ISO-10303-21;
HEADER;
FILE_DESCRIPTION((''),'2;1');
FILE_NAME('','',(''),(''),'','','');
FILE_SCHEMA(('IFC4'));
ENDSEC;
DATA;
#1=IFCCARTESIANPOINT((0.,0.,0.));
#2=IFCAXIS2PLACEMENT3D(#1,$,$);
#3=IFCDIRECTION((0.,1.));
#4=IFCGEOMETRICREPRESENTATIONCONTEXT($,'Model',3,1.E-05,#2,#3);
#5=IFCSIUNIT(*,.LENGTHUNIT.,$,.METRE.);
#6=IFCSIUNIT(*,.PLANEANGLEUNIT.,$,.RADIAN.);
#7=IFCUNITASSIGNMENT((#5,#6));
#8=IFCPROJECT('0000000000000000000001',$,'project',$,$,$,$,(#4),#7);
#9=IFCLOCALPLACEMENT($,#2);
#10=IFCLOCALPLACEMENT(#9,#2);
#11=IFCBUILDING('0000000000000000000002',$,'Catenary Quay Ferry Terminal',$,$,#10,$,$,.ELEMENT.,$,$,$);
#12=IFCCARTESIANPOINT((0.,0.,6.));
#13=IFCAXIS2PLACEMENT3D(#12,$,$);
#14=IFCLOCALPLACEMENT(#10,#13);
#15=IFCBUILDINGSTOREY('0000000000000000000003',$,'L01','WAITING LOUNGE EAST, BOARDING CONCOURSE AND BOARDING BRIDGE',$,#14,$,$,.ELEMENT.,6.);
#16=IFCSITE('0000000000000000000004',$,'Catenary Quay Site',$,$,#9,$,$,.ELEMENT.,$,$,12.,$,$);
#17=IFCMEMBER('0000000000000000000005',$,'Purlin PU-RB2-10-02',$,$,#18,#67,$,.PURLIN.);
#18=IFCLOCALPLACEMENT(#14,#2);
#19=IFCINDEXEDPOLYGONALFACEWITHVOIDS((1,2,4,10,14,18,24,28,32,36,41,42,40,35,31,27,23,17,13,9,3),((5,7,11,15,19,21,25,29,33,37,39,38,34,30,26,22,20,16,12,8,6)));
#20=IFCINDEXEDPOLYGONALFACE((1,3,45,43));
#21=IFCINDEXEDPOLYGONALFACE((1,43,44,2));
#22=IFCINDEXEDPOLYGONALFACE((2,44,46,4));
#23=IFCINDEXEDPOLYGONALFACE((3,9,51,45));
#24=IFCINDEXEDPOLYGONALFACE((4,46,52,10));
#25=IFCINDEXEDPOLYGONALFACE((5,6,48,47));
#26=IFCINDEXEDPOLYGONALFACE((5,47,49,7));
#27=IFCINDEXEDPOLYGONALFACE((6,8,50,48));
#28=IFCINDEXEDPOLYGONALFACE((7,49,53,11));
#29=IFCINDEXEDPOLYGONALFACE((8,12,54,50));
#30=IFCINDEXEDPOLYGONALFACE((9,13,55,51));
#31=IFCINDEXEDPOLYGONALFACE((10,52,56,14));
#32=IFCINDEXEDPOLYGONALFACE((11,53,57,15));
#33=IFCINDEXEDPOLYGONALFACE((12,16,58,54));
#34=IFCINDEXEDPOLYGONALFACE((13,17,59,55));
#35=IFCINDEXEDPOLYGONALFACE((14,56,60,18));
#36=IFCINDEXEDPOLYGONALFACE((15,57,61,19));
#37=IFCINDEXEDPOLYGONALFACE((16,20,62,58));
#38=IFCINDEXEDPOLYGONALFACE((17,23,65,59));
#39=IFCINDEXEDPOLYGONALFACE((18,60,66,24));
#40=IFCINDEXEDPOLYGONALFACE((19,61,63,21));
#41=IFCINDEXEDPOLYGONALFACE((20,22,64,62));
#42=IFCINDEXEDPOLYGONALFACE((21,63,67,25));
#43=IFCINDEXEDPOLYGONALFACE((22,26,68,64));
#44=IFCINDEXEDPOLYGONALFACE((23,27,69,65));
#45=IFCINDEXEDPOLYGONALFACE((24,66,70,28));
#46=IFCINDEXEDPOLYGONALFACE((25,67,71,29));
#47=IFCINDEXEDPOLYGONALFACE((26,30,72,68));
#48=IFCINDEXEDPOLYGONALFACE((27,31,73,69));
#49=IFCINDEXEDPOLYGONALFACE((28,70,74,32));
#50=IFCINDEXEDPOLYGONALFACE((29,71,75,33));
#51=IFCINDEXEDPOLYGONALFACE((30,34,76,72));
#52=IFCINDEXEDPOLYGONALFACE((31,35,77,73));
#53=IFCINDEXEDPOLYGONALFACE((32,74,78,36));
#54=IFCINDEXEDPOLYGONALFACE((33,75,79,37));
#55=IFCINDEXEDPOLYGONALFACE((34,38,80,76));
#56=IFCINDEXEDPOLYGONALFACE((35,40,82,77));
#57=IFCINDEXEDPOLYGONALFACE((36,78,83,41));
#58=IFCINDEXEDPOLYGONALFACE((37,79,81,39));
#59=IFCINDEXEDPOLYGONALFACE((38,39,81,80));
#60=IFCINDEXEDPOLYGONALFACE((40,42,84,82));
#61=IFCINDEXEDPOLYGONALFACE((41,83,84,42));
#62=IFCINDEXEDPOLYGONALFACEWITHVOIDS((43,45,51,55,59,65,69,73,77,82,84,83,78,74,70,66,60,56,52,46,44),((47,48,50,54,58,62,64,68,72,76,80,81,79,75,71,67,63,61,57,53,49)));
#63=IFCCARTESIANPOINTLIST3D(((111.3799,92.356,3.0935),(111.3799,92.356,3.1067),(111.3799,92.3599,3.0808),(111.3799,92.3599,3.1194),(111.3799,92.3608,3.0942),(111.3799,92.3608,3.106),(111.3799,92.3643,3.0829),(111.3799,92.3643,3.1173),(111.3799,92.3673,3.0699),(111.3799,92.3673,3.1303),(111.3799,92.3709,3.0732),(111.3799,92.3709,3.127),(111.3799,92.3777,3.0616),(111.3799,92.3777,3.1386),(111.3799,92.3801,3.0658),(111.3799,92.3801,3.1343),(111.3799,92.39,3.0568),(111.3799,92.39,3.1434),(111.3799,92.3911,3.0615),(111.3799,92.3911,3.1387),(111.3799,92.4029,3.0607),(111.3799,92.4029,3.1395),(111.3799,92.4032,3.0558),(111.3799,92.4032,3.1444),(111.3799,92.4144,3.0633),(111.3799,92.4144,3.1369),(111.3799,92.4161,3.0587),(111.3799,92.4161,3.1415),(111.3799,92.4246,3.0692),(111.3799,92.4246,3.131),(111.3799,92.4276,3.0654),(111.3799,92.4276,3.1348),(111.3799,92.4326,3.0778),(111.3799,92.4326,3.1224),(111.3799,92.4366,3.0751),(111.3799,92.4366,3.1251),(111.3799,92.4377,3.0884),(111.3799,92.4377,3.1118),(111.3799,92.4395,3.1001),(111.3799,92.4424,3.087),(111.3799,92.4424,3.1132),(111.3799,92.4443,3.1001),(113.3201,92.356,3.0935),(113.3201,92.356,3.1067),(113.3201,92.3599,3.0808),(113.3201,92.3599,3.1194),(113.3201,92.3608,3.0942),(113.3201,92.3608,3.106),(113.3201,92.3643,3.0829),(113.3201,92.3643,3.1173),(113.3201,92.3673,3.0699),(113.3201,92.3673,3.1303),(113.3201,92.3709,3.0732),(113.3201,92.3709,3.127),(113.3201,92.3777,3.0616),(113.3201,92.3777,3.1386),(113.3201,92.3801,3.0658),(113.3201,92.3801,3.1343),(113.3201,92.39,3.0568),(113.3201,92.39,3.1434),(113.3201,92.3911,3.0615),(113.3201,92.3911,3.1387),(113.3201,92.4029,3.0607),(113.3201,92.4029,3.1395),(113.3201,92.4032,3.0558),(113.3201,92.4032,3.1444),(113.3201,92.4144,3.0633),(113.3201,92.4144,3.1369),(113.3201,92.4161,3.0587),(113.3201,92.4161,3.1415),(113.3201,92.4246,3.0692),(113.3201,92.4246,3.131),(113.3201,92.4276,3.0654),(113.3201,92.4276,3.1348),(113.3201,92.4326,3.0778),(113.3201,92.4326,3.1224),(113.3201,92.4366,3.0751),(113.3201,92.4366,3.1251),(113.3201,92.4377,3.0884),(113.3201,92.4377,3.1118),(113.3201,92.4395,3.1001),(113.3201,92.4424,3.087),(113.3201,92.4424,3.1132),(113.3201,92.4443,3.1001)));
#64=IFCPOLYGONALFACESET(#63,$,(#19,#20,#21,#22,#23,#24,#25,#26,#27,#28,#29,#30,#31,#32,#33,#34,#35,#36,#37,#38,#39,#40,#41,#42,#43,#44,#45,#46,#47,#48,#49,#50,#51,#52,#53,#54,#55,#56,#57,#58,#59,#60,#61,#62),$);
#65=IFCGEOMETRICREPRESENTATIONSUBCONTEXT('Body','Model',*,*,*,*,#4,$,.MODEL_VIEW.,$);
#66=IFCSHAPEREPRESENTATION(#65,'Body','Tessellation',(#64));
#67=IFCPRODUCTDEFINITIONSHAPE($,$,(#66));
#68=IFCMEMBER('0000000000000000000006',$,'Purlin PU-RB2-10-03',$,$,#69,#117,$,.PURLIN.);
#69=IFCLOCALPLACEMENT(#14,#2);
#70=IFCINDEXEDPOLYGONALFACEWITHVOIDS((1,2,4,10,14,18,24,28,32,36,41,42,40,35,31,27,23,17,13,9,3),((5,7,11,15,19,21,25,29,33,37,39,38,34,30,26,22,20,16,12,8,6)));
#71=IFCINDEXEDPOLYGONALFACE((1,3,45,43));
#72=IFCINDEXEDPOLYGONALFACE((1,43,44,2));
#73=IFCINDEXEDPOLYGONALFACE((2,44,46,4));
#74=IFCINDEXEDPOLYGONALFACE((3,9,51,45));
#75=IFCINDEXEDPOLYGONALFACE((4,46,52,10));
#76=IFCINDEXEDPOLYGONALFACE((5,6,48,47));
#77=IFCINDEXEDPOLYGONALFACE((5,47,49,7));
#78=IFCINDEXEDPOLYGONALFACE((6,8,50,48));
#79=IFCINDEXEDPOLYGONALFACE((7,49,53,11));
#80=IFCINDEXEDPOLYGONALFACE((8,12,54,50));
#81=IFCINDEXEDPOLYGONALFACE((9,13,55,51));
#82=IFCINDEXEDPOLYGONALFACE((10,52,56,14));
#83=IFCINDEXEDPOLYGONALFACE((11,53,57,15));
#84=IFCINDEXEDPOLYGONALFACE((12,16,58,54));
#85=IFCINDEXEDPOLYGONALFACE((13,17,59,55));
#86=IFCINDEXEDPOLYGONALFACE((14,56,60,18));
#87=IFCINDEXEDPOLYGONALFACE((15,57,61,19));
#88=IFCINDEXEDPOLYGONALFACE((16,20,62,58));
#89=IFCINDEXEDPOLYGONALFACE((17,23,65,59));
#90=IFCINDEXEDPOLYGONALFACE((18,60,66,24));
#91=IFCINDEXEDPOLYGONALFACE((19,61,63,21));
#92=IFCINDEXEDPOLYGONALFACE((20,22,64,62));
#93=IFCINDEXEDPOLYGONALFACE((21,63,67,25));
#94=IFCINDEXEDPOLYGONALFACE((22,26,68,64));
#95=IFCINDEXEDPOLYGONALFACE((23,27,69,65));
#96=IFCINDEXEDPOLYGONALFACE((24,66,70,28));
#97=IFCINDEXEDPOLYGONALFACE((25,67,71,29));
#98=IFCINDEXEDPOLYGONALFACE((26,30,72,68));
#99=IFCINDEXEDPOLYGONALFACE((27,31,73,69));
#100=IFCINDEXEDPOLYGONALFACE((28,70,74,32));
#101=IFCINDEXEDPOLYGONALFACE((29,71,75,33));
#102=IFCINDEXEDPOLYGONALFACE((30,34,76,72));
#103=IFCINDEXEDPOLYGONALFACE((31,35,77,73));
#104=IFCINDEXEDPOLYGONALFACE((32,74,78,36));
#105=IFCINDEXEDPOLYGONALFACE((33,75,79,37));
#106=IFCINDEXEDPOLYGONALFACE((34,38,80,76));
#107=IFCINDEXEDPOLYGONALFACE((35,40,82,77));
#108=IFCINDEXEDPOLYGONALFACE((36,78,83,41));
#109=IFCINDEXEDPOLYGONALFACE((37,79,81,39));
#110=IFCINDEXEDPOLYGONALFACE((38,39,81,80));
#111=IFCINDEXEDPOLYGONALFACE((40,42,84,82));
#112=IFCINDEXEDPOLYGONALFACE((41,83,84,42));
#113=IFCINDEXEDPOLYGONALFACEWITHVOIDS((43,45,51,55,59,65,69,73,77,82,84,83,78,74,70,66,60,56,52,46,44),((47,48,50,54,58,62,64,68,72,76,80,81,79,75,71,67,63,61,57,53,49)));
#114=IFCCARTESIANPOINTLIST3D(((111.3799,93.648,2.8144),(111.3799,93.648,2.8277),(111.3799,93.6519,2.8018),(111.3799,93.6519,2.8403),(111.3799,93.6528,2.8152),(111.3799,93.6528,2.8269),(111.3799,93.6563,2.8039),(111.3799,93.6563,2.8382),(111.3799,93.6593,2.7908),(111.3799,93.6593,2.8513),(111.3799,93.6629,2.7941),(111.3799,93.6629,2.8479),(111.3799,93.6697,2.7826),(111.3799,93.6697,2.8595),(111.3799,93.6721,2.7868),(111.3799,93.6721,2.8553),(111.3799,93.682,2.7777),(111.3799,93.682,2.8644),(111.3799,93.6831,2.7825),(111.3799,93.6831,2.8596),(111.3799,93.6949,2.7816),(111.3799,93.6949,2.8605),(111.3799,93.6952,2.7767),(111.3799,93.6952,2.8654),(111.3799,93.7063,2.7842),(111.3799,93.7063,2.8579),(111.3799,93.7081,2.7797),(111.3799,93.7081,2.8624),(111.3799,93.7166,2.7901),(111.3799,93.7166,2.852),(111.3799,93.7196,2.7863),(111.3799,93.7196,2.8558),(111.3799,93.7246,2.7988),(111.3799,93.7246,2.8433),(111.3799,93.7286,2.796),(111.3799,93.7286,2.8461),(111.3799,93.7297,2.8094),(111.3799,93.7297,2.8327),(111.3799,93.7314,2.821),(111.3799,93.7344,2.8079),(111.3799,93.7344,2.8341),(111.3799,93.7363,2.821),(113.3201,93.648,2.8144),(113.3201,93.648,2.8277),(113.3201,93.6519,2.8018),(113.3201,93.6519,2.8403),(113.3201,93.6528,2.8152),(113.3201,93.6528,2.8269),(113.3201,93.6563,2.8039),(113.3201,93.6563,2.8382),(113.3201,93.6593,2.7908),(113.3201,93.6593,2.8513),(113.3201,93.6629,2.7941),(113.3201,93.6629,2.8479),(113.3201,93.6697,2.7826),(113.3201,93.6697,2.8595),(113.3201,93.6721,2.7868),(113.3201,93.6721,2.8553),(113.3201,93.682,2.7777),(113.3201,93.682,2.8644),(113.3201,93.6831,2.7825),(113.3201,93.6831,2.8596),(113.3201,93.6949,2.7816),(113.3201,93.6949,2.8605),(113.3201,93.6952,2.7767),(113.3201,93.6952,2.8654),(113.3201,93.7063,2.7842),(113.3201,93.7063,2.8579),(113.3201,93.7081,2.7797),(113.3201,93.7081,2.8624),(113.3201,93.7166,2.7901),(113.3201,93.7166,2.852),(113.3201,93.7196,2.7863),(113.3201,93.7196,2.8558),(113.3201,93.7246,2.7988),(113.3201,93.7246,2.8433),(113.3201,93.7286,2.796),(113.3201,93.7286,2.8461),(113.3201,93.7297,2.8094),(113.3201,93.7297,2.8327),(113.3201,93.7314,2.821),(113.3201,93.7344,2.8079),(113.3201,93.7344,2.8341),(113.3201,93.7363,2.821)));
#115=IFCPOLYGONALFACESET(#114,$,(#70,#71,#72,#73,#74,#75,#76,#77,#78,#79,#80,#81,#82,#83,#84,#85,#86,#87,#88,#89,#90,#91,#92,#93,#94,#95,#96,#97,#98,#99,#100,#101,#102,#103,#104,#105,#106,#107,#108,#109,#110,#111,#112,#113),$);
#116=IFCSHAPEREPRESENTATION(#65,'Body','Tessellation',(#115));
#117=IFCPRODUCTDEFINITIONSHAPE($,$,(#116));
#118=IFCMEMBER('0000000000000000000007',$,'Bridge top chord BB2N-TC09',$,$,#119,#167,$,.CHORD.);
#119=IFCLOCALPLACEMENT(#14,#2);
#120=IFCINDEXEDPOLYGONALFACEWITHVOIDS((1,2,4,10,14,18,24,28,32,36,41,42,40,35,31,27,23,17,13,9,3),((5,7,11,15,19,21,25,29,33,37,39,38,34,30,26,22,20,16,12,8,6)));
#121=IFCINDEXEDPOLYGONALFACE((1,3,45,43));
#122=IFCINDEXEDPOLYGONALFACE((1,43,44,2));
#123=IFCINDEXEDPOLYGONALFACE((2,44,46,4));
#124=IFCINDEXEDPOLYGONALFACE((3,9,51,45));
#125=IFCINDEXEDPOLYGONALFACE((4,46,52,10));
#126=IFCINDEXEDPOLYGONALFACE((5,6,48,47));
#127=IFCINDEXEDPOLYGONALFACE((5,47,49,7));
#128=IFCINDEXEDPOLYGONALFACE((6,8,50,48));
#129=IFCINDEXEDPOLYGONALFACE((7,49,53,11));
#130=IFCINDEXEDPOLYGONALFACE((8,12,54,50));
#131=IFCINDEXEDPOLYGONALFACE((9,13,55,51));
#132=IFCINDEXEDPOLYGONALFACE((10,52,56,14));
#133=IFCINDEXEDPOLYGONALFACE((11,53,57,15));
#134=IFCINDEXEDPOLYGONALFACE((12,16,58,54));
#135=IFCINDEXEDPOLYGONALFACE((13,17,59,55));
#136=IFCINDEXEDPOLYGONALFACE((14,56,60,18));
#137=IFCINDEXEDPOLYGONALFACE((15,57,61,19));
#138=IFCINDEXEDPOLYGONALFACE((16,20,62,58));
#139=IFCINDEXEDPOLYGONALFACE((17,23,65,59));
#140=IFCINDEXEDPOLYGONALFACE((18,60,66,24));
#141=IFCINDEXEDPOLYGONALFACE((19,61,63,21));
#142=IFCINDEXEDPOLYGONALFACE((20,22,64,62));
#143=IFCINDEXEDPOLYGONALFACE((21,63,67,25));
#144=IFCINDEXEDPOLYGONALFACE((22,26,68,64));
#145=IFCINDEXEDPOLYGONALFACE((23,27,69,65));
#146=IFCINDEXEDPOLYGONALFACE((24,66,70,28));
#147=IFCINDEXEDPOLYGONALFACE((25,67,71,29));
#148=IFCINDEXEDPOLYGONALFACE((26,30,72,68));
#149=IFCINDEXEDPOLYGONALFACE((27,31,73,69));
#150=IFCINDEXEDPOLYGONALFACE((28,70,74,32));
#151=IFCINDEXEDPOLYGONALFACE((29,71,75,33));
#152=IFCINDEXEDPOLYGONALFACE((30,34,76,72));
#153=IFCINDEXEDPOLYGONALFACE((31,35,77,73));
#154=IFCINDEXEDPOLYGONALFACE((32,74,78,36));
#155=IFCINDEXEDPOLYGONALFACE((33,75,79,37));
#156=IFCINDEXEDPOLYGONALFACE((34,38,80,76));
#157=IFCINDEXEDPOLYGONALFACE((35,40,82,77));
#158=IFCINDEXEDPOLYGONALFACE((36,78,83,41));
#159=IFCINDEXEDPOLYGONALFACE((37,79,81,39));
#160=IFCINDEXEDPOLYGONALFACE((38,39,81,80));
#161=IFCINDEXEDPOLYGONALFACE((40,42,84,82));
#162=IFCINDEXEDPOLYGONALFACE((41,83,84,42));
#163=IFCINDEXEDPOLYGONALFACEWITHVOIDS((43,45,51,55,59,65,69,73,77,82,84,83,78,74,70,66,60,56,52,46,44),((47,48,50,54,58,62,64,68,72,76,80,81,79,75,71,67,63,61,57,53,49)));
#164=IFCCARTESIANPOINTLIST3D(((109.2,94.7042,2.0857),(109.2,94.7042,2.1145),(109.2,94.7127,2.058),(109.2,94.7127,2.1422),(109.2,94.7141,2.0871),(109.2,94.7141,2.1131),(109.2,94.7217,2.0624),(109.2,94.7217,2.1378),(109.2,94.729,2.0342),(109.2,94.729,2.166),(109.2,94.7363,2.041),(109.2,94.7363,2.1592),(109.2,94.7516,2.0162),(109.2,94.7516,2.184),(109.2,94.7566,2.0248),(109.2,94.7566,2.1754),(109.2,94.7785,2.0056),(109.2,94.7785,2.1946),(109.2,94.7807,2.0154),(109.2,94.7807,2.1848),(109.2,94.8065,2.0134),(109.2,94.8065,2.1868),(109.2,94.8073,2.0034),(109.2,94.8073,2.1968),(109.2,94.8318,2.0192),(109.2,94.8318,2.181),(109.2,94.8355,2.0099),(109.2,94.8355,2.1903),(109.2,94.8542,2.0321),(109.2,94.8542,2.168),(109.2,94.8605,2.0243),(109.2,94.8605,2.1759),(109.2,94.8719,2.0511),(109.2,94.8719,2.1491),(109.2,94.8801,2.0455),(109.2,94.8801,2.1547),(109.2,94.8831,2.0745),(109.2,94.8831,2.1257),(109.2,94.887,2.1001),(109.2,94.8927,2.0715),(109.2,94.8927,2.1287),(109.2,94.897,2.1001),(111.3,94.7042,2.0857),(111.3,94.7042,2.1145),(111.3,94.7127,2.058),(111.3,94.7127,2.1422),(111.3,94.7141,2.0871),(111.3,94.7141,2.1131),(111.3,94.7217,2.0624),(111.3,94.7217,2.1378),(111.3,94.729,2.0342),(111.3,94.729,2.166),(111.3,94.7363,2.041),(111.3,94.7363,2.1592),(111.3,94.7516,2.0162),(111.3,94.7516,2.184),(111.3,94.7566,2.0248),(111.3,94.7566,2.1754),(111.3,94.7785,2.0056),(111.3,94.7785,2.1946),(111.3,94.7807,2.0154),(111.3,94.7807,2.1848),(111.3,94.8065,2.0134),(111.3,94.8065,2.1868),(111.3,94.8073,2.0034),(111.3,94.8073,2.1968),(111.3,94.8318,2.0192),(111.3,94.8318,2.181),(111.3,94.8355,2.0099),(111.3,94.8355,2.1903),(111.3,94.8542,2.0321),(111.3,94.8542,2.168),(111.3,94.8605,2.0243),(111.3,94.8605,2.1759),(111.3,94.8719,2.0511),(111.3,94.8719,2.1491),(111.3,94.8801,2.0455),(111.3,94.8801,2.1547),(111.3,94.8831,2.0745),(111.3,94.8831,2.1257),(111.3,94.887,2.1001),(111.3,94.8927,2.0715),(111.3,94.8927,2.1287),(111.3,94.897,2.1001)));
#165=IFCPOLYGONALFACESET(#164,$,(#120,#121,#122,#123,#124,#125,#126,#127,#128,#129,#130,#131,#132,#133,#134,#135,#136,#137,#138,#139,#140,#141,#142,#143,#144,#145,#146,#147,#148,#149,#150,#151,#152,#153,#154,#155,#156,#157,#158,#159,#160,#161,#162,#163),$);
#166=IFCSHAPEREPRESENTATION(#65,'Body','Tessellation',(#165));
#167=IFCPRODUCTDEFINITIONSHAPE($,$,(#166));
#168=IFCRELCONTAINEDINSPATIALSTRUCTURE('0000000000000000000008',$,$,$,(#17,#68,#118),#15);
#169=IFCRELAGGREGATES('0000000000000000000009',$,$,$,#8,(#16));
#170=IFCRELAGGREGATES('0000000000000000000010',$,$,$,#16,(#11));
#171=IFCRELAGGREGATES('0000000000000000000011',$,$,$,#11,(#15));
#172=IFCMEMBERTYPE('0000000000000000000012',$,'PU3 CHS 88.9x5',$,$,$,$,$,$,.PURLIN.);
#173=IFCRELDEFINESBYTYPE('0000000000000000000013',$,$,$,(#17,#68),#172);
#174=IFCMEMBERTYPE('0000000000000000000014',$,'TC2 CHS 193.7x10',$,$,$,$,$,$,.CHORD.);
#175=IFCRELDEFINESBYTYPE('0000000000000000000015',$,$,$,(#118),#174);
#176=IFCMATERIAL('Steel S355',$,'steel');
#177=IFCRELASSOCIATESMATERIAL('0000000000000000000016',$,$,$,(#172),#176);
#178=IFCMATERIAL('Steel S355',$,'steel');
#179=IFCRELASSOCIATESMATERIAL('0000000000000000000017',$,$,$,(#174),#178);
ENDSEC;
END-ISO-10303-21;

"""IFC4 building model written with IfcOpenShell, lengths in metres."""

from ifc_helpers import new_model, si_unit, direction, frame, origin, origin_2d, place, context, subcontext, project, spatial, hollow_circle, extrude, material, material_profile, profile_set, type_object, element, save


model = new_model("IFC4")

# Units and contexts
model_context = context("Model", 3, precision=1e-05, world=origin(), true_north=direction((0.0, 1.0)))
body_context = subcontext(model_context, "Body", "Model", "MODEL_VIEW")
ifc_project = project(units=[si_unit("LENGTHUNIT", "METRE"), si_unit("PLANEANGLEUNIT", "RADIAN")], contexts=[model_context])

# Site, building, storey
site_placement = place(None, origin())
site = spatial("IfcSite", under=ifc_project, at=site_placement, Name="Catenary Quay Site", CompositionType="ELEMENT", RefElevation=12.0)
building_placement = place(site_placement, origin())
building = spatial("IfcBuilding", under=site, at=building_placement, Name="Catenary Quay Ferry Terminal", CompositionType="ELEMENT")
storey_placement = place(building_placement, frame((0.0, 0.0, 6.0)))
storey = spatial("IfcBuildingStorey", under=building, at=storey_placement, Name="L01", Description="WAITING LOUNGE EAST, BOARDING CONCOURSE AND BOARDING BRIDGE", CompositionType="ELEMENT", Elevation=6.0)

# Members
ifc_material_1 = material(Name="Steel S355", Category="steel")
ifc_material_profile_1 = material_profile(ifc_material_1, hollow_circle(Radius=0.0444, WallThickness=0.0049, at=origin_2d()), Name="CHS 88.9x5")
ifc_profile_set_1 = profile_set([ifc_material_profile_1], Name="Steel S355")
member_type_1 = type_object("IfcMemberType", Name="PU3 CHS 88.9x5", PredefinedType="PURLIN", material=ifc_profile_set_1)
for number, where, z_axis, x_axis, name in (
    (1, (111.3799, 92.3999, 3.1001), (1.0, 0.0, 0.0), (0.0, 1.0, 0.0), "Purlin PU-RB2-10-02"),
    (2, (111.3799, 93.6919, 2.821), (1.0, 0.0, 0.0), (0.0, 1.0, 0.0), "Purlin PU-RB2-10-03"),
):
    element("IfcMember", number, at=place(storey_placement, frame(where, z_axis=z_axis, x_axis=x_axis)), inside=storey, type_object=member_type_1, Name=name, PredefinedType="PURLIN", context=body_context, shape_type="SweptSolid", body=[
        extrude(hollow_circle(Radius=0.0444, WallThickness=0.0049, at=origin_2d()), origin(), (0.0, 0.0, 1.0), 1.9402),
    ])
ifc_material_2 = material(Name="Steel S355", Category="steel")
ifc_material_profile_2 = material_profile(ifc_material_2, hollow_circle(Radius=0.0969, WallThickness=0.01, at=origin_2d()), Name="CHS 193.7x10")
ifc_profile_set_2 = profile_set([ifc_material_profile_2], Name="Steel S355")
member_type_2 = type_object("IfcMemberType", Name="TC2 CHS 193.7x10", PredefinedType="CHORD", material=ifc_profile_set_2)
member_1_placement = place(storey_placement, frame((109.2, 94.8, 2.1001), z_axis=(1.0, 0.0, 0.0), x_axis=(0.0, 1.0, 0.0)))
element("IfcMember", 3, at=member_1_placement, inside=storey, type_object=member_type_2, Name="Bridge top chord BB2N-TC09", PredefinedType="CHORD", context=body_context, shape_type="SweptSolid", body=[
    extrude(hollow_circle(Radius=0.0969, WallThickness=0.01, at=origin_2d()), origin(), (0.0, 0.0, 1.0), 2.1001),
])

save(model, "model.ifc")
